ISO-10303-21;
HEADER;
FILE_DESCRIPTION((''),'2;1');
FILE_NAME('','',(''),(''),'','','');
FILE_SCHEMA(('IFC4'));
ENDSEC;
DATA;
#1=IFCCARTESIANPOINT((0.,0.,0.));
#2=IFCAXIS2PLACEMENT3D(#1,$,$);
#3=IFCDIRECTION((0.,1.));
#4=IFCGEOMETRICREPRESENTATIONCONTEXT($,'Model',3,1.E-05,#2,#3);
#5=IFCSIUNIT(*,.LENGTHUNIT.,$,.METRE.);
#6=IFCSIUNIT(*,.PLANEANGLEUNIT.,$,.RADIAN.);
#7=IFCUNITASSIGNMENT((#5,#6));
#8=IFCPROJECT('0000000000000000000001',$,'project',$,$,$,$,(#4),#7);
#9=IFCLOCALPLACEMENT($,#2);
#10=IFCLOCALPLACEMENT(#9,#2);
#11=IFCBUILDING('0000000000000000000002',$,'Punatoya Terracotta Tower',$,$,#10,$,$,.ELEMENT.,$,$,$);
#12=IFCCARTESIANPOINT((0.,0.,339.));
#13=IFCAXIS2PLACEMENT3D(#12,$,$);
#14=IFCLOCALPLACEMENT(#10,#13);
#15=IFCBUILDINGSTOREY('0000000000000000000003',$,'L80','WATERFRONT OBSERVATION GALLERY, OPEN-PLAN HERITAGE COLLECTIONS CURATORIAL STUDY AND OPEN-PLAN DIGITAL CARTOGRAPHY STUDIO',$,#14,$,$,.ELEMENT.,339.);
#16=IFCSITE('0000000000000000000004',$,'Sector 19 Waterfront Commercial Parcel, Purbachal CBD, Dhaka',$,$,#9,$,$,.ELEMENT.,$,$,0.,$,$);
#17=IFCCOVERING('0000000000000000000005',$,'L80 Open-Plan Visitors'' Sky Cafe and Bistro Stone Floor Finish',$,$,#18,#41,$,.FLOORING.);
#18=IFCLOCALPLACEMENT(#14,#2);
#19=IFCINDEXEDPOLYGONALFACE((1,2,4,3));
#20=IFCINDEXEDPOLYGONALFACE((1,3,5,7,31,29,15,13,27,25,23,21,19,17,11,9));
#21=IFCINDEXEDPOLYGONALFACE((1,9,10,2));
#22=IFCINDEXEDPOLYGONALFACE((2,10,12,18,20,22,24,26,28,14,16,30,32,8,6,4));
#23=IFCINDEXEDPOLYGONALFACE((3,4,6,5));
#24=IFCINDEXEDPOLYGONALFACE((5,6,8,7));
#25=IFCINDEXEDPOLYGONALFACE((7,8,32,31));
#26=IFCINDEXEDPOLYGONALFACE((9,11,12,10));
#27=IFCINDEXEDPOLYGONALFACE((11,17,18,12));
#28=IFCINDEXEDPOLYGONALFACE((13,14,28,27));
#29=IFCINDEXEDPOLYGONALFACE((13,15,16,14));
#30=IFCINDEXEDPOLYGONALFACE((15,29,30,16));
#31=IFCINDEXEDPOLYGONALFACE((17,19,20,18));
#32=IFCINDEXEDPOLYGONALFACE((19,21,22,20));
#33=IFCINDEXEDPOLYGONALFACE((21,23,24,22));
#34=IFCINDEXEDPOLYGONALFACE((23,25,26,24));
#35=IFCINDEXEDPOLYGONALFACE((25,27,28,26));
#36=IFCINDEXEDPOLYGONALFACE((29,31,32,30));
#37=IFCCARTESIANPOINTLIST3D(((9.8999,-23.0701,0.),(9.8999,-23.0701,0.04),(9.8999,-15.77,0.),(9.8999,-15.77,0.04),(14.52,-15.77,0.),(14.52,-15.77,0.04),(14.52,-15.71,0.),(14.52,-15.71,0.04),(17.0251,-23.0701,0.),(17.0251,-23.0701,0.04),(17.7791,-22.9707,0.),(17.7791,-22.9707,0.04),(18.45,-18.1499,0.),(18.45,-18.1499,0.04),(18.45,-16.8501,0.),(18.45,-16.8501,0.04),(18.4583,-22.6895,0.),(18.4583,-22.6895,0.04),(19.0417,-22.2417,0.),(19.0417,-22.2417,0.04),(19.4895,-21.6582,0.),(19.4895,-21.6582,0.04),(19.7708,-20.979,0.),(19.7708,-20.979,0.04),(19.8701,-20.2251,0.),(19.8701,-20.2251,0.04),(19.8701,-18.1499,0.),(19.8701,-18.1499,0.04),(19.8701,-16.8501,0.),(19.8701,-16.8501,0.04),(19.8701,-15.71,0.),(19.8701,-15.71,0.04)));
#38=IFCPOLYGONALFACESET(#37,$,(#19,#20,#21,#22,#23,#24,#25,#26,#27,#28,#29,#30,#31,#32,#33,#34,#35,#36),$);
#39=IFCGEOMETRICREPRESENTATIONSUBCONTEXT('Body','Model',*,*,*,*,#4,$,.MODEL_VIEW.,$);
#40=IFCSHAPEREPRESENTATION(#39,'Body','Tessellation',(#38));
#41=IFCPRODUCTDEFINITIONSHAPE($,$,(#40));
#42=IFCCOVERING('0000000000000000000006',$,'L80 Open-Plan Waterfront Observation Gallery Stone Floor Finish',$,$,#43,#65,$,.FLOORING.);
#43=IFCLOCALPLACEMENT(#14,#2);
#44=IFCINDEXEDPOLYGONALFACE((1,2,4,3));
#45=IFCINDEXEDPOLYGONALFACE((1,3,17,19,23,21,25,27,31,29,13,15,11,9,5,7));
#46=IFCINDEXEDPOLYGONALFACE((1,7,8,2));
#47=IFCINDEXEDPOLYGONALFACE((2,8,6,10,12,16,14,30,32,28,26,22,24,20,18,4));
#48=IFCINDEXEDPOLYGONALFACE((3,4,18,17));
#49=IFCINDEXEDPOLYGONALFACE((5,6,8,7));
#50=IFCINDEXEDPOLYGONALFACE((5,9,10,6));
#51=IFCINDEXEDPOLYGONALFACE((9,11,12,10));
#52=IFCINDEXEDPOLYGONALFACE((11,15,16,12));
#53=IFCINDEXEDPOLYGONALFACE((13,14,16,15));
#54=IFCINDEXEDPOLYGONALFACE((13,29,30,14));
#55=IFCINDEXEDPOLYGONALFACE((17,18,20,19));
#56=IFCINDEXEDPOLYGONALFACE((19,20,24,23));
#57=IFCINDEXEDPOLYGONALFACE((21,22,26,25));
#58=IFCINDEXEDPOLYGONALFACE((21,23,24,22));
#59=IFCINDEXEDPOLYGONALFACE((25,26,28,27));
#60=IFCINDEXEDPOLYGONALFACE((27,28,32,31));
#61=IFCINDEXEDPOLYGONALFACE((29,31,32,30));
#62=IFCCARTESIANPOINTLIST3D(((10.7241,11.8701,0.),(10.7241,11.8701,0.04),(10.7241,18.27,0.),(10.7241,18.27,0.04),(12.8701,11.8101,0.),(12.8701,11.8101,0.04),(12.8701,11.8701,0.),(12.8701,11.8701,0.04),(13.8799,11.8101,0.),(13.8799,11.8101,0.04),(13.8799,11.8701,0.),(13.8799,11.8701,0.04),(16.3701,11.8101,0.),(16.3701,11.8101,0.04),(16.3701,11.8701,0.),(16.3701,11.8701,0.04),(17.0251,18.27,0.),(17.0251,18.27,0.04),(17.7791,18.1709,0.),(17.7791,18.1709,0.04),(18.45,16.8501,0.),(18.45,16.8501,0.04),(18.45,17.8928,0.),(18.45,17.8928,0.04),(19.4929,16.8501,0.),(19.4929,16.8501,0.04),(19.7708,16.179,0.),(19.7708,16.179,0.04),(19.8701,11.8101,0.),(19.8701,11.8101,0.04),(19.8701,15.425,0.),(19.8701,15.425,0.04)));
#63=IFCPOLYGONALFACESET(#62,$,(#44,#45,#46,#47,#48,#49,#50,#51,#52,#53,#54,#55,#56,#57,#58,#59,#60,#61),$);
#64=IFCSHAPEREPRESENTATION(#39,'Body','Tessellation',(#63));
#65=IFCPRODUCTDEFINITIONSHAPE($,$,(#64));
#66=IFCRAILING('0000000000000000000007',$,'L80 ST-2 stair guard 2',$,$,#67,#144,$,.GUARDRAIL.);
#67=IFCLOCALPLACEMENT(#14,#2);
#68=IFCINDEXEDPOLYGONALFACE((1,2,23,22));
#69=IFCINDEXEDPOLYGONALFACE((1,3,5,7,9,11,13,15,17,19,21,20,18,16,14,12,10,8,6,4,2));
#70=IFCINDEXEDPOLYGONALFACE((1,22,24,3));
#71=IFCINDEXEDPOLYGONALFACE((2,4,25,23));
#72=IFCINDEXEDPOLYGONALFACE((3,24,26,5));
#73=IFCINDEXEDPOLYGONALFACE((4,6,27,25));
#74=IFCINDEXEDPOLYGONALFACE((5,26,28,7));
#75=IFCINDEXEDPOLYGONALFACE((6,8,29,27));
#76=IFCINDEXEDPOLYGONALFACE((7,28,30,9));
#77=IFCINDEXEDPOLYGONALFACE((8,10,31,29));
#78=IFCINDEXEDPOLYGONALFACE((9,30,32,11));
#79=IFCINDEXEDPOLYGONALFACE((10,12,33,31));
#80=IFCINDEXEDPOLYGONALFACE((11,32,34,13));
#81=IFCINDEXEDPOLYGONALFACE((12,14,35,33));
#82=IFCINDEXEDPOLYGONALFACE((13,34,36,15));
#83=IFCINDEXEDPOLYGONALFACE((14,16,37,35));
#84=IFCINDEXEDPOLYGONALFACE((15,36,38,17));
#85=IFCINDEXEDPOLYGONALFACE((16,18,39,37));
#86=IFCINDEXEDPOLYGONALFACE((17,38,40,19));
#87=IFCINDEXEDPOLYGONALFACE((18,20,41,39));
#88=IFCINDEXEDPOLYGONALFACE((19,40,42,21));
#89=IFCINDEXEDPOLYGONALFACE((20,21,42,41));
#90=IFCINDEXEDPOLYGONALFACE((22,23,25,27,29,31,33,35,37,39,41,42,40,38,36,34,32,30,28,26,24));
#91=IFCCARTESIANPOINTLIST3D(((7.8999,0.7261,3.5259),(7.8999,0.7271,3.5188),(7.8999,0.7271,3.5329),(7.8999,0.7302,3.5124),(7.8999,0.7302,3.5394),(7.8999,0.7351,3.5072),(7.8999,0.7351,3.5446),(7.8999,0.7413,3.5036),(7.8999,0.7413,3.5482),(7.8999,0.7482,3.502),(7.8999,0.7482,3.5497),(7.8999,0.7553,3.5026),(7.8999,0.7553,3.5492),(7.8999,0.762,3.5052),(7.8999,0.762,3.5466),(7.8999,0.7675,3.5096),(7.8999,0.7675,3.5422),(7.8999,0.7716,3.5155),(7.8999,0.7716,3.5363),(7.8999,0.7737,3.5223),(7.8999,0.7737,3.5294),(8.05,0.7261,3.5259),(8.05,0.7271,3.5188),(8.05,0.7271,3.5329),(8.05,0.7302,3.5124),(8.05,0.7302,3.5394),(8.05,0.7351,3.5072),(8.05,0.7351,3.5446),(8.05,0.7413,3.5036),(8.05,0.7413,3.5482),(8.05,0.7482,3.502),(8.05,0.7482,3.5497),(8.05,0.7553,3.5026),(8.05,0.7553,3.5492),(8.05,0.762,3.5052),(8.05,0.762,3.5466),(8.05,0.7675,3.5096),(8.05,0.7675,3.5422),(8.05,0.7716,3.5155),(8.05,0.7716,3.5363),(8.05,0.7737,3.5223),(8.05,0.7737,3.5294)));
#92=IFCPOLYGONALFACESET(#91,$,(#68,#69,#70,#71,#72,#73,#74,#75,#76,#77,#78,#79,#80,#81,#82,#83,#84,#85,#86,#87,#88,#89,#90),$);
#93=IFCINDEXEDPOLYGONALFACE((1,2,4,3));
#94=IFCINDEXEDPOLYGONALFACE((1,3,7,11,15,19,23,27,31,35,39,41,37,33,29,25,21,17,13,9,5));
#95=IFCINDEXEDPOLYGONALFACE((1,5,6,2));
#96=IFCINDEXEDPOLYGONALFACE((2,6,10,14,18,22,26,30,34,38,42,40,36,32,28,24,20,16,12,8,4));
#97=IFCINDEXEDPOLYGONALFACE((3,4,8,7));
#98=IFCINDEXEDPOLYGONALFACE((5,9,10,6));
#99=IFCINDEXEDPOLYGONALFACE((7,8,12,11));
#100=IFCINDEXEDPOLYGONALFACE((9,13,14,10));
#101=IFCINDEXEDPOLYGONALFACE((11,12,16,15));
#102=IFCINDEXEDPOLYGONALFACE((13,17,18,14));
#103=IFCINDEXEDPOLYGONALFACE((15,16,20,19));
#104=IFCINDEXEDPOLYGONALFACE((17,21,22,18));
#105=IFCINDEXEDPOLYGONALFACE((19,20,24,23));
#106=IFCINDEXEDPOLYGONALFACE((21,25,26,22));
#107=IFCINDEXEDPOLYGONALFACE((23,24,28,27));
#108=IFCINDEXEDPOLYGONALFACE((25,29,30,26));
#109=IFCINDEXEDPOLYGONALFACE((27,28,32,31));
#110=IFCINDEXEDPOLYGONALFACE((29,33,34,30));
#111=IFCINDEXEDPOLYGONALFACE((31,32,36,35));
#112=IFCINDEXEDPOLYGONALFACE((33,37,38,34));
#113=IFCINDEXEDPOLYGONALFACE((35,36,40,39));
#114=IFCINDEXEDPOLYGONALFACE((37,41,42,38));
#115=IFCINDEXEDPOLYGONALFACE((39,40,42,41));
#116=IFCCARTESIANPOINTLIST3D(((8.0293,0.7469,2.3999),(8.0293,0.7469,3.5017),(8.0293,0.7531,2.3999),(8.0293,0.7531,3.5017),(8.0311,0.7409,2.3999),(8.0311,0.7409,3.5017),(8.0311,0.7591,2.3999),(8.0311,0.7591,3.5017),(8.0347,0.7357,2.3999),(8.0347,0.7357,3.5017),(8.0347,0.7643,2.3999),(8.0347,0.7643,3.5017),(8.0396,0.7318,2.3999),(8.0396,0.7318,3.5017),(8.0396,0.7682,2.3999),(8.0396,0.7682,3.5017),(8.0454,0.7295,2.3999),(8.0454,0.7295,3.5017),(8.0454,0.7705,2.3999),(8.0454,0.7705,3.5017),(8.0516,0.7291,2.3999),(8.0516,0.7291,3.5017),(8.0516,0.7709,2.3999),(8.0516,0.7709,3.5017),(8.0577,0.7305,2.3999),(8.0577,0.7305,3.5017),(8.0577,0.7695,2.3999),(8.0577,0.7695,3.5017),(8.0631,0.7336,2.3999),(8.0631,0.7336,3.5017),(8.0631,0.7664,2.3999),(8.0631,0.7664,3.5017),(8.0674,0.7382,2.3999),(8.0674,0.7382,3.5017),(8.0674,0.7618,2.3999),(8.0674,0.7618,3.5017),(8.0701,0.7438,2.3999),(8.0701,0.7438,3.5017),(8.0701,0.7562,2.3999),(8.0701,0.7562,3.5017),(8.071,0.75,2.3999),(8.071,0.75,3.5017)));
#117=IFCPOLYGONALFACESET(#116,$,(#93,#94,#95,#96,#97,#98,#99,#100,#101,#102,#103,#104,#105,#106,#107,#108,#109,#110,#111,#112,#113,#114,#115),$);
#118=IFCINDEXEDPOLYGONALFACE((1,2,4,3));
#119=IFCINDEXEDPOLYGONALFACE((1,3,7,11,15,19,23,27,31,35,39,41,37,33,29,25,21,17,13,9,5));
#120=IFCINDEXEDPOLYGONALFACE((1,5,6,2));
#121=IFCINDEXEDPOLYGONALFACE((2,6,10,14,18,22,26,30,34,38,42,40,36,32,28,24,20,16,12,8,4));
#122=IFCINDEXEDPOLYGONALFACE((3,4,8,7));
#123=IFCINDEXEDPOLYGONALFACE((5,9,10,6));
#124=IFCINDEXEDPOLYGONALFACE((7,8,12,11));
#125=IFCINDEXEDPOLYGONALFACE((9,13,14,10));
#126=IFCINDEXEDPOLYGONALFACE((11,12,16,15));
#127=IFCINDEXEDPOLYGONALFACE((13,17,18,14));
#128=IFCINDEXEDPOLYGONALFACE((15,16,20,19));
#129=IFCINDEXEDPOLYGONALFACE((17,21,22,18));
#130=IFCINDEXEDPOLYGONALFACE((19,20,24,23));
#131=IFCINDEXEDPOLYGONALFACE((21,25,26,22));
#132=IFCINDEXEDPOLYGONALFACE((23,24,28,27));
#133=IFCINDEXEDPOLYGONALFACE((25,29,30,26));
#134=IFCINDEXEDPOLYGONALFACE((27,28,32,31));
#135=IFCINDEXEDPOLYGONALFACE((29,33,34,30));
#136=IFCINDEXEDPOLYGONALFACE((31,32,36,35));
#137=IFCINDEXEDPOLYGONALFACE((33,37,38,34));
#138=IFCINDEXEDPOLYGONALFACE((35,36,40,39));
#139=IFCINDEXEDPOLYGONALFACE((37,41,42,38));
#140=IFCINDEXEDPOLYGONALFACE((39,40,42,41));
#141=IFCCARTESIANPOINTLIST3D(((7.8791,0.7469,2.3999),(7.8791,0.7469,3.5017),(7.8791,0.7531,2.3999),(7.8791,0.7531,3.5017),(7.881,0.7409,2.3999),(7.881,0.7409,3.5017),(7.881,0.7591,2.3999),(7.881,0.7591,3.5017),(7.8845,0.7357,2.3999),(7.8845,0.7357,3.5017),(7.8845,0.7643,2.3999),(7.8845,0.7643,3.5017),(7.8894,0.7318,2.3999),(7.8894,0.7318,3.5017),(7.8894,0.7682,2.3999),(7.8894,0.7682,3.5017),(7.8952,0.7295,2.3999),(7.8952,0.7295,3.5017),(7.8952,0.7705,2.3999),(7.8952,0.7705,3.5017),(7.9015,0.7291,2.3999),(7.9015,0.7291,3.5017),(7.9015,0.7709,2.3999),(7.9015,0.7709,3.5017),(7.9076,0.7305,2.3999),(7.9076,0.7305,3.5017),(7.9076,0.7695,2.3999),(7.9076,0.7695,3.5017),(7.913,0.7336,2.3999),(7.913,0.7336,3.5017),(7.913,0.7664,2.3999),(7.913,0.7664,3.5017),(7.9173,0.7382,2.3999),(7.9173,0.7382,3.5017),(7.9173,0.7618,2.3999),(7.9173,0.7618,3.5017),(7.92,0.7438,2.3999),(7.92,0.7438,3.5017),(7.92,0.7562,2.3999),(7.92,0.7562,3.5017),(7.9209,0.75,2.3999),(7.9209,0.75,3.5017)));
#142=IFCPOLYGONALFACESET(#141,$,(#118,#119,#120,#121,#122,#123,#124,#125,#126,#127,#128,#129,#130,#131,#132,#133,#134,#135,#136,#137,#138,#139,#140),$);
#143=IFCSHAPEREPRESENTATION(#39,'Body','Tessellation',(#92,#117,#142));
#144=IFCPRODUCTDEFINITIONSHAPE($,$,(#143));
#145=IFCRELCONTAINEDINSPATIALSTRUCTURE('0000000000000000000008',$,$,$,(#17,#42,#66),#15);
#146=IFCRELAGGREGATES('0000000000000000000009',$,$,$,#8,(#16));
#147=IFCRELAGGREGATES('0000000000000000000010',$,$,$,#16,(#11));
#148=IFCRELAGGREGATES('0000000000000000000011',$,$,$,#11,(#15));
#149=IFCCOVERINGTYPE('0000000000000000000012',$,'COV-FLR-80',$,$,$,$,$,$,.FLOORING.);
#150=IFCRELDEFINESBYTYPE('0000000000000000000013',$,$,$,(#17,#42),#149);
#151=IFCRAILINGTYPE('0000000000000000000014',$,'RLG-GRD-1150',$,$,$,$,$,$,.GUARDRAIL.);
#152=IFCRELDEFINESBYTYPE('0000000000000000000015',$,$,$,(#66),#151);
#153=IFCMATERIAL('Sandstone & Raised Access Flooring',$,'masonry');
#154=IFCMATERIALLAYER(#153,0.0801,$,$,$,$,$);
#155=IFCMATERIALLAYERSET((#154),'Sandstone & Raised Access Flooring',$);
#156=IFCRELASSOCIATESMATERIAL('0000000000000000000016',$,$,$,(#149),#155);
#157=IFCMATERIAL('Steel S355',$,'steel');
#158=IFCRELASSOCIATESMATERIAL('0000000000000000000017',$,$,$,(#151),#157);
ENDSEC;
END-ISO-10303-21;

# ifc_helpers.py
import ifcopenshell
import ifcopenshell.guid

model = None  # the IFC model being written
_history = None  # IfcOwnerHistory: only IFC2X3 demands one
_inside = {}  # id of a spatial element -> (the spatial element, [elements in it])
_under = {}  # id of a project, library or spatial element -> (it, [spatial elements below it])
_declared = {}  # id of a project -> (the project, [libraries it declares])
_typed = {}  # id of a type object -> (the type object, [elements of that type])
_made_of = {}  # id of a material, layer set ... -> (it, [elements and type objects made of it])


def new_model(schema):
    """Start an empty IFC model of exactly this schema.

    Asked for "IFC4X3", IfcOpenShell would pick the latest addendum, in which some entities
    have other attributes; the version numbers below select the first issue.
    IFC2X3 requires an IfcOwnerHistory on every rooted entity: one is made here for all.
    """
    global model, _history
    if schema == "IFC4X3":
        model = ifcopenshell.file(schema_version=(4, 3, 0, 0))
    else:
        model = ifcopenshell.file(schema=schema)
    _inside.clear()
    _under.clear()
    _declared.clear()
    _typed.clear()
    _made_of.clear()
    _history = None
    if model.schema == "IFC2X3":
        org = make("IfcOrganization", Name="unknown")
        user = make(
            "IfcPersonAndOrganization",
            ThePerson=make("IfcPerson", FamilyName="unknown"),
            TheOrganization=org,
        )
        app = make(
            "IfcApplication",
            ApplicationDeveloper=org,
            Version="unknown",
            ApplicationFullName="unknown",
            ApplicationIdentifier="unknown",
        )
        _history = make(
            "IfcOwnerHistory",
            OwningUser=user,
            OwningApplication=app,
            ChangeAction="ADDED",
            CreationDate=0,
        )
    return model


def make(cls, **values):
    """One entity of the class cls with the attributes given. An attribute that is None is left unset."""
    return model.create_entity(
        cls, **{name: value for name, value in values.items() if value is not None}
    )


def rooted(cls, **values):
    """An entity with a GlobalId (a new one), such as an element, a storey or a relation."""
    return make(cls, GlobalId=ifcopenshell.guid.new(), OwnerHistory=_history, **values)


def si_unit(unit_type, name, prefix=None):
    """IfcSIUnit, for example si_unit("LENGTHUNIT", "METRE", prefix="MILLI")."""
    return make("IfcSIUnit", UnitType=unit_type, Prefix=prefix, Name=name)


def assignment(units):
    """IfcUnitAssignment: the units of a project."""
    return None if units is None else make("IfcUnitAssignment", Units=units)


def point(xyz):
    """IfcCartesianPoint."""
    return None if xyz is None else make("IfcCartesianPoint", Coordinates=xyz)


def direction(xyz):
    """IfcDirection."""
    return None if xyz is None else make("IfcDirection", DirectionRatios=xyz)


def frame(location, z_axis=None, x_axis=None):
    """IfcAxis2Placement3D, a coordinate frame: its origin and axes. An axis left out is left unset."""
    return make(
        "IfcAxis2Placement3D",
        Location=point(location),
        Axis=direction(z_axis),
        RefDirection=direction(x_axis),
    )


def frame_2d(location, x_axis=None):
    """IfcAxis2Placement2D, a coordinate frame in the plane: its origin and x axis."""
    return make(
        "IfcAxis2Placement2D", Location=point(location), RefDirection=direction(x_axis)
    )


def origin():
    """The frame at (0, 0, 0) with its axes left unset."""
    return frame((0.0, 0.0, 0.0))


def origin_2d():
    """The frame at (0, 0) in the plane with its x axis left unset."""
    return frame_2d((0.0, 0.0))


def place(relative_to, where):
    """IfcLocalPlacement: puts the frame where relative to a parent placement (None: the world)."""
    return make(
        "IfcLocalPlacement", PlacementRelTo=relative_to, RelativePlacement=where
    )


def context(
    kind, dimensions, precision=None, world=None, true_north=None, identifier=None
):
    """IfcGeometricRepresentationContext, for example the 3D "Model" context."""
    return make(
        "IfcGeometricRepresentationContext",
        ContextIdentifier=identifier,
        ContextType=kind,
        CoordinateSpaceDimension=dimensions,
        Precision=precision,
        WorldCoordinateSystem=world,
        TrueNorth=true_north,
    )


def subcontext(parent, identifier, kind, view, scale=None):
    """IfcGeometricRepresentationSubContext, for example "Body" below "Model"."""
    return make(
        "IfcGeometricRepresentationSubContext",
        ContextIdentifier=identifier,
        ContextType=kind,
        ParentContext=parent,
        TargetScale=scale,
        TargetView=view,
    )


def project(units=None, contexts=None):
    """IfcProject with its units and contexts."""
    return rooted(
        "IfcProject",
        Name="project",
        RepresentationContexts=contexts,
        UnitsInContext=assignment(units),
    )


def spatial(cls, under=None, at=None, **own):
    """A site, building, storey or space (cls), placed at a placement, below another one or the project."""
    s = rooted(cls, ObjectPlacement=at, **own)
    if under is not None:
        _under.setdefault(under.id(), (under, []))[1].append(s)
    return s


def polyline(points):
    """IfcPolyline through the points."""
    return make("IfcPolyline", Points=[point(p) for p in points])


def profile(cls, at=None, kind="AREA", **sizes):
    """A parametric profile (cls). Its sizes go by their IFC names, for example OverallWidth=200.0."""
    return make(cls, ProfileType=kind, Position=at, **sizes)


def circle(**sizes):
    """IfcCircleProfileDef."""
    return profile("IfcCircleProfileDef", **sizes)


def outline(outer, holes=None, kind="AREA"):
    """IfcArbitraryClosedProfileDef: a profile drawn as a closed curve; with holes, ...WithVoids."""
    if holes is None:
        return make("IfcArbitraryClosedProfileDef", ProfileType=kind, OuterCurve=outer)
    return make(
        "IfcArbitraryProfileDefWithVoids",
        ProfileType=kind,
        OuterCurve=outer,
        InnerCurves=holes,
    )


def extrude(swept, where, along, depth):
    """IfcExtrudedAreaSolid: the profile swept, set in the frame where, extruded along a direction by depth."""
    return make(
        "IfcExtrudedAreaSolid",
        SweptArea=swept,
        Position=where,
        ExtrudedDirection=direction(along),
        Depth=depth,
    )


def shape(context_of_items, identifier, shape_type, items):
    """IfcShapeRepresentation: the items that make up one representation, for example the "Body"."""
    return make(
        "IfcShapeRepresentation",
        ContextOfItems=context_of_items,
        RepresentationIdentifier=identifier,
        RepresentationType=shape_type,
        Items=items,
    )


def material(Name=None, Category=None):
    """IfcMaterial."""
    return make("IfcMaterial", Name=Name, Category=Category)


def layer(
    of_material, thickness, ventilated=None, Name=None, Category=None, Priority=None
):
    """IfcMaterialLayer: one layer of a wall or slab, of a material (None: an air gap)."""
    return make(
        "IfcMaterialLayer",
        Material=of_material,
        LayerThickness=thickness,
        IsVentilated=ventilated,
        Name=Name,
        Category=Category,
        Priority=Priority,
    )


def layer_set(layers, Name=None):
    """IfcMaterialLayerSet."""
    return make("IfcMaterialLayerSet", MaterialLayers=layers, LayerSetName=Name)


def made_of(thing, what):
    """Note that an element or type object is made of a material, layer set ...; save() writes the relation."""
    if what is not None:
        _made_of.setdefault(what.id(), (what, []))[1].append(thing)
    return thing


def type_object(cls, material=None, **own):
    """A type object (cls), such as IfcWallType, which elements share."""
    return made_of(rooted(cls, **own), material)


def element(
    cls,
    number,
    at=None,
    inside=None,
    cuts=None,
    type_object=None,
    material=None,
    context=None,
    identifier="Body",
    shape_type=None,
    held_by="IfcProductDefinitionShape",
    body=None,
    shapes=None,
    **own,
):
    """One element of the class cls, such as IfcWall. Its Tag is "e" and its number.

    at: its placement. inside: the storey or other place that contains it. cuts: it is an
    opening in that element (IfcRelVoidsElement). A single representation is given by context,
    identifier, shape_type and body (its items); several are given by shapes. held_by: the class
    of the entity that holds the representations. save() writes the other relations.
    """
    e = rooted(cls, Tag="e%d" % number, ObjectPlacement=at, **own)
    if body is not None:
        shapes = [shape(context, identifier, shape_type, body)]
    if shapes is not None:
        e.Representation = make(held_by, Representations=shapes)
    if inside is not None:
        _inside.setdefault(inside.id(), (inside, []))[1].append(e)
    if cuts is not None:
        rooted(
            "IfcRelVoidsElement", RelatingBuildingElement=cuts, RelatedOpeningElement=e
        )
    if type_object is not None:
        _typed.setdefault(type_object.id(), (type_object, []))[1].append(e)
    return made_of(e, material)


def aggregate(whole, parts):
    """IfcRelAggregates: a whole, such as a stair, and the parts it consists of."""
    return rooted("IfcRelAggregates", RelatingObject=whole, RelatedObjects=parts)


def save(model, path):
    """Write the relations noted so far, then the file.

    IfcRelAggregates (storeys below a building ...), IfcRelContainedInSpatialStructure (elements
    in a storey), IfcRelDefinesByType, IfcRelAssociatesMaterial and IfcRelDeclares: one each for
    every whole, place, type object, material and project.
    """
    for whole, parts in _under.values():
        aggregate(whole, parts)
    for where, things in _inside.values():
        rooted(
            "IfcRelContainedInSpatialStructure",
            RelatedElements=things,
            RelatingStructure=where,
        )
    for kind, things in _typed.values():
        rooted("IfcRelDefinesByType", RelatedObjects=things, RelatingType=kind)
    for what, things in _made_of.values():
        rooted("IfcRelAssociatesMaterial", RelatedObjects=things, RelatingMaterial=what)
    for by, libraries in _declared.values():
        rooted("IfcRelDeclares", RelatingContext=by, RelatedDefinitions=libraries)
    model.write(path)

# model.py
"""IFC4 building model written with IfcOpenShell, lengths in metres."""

from ifc_helpers import new_model, si_unit, direction, frame, origin, origin_2d, place, context, subcontext, project, spatial, polyline, circle, outline, extrude, material, layer, layer_set, type_object, element, save


model = new_model("IFC4")

# Units and contexts
model_context = context("Model", 3, precision=1e-05, world=origin(), true_north=direction((0.0, 1.0)))
body_context = subcontext(model_context, "Body", "Model", "MODEL_VIEW")
ifc_project = project(units=[si_unit("LENGTHUNIT", "METRE"), si_unit("PLANEANGLEUNIT", "RADIAN")], contexts=[model_context])

# Site, building, storey
site_placement = place(None, origin())
site = spatial("IfcSite", under=ifc_project, at=site_placement, Name="Sector 19 Waterfront Commercial Parcel, Purbachal CBD, Dhaka", CompositionType="ELEMENT", RefElevation=0.0)
building_placement = place(site_placement, origin())
building = spatial("IfcBuilding", under=site, at=building_placement, Name="Punatoya Terracotta Tower", CompositionType="ELEMENT")
storey_placement = place(building_placement, frame((0.0, 0.0, 339.0)))
storey = spatial("IfcBuildingStorey", under=building, at=storey_placement, Name="L80", Description="WATERFRONT OBSERVATION GALLERY, OPEN-PLAN HERITAGE COLLECTIONS CURATORIAL STUDY AND OPEN-PLAN DIGITAL CARTOGRAPHY STUDIO", CompositionType="ELEMENT", Elevation=339.0)

# Shared definitions
ifc_material_1 = material(Name="Steel S355", Category="steel")

# Coverings
ifc_material_2 = material(Name="Sandstone & Raised Access Flooring", Category="masonry")
ifc_layer_1 = layer(ifc_material_2, 0.0801)
ifc_layer_set_1 = layer_set([ifc_layer_1], Name="Sandstone & Raised Access Flooring")
covering_type_1 = type_object("IfcCoveringType", Name="COV-FLR-80", PredefinedType="FLOORING", material=ifc_layer_set_1)
covering_1_placement = place(storey_placement, origin())
element("IfcCovering", 1, at=covering_1_placement, inside=storey, type_object=covering_type_1, Name="L80 Open-Plan Visitors' Sky Cafe and Bistro Stone Floor Finish", PredefinedType="FLOORING", context=body_context, shape_type="SweptSolid", body=[
    extrude(outline(polyline([(14.52, -15.77), (9.8999, -15.77), (9.8999, -23.0701), (17.0251, -23.0701), (17.7791, -22.9707), (18.4583, -22.6895), (19.0417, -22.2417), (19.4895, -21.6582), (19.7708, -20.979), (19.8701, -20.2251), (19.8701, -18.1499), (18.45, -18.1499), (18.45, -16.8501), (19.8701, -16.8501), (19.8701, -15.71), (14.52, -15.71), (14.52, -15.77)])), origin(), (0.0, 0.0, 1.0), 0.04),
])
covering_2_placement = place(storey_placement, origin())
element("IfcCovering", 2, at=covering_2_placement, inside=storey, type_object=covering_type_1, Name="L80 Open-Plan Waterfront Observation Gallery Stone Floor Finish", PredefinedType="FLOORING", context=body_context, shape_type="SweptSolid", body=[
    extrude(outline(polyline([(12.8701, 11.8101), (13.8799, 11.8101), (13.8799, 11.8701), (16.3701, 11.8701), (16.3701, 11.8101), (19.8701, 11.8101), (19.8701, 15.425), (19.7708, 16.179), (19.4929, 16.8501), (18.45, 16.8501), (18.45, 17.8928), (17.7791, 18.1709), (17.0251, 18.27), (10.7241, 18.27), (10.7241, 11.8701), (12.8701, 11.8701), (12.8701, 11.8101)])), origin(), (0.0, 0.0, 1.0), 0.04),
])

# Railing
railing_type_1 = type_object("IfcRailingType", Name="RLG-GRD-1150", PredefinedType="GUARDRAIL", material=ifc_material_1)
railing_1_placement = place(storey_placement, frame((8.05, 0.75, 2.3999)))
element("IfcRailing", 3, at=railing_1_placement, inside=storey, type_object=railing_type_1, Name="L80 ST-2 stair guard 2", PredefinedType="GUARDRAIL", context=body_context, shape_type="SweptSolid", body=[
    extrude(circle(Radius=0.0239, at=origin_2d()), frame((0.0, 0.0, 1.126), z_axis=(-1.0, 0.0, 0.0), x_axis=(0.0, -1.0, 0.0)), (0.0, 0.0, 1.0), 0.1501),
    extrude(circle(Radius=0.021, at=origin_2d()), origin(), (0.0, 0.0, 1.0), 1.1018),
    extrude(circle(Radius=0.021, at=origin_2d()), frame((-0.1501, 0.0, 0.0)), (0.0, 0.0, 1.0), 1.1018),
])

save(model, "model.ifc")
